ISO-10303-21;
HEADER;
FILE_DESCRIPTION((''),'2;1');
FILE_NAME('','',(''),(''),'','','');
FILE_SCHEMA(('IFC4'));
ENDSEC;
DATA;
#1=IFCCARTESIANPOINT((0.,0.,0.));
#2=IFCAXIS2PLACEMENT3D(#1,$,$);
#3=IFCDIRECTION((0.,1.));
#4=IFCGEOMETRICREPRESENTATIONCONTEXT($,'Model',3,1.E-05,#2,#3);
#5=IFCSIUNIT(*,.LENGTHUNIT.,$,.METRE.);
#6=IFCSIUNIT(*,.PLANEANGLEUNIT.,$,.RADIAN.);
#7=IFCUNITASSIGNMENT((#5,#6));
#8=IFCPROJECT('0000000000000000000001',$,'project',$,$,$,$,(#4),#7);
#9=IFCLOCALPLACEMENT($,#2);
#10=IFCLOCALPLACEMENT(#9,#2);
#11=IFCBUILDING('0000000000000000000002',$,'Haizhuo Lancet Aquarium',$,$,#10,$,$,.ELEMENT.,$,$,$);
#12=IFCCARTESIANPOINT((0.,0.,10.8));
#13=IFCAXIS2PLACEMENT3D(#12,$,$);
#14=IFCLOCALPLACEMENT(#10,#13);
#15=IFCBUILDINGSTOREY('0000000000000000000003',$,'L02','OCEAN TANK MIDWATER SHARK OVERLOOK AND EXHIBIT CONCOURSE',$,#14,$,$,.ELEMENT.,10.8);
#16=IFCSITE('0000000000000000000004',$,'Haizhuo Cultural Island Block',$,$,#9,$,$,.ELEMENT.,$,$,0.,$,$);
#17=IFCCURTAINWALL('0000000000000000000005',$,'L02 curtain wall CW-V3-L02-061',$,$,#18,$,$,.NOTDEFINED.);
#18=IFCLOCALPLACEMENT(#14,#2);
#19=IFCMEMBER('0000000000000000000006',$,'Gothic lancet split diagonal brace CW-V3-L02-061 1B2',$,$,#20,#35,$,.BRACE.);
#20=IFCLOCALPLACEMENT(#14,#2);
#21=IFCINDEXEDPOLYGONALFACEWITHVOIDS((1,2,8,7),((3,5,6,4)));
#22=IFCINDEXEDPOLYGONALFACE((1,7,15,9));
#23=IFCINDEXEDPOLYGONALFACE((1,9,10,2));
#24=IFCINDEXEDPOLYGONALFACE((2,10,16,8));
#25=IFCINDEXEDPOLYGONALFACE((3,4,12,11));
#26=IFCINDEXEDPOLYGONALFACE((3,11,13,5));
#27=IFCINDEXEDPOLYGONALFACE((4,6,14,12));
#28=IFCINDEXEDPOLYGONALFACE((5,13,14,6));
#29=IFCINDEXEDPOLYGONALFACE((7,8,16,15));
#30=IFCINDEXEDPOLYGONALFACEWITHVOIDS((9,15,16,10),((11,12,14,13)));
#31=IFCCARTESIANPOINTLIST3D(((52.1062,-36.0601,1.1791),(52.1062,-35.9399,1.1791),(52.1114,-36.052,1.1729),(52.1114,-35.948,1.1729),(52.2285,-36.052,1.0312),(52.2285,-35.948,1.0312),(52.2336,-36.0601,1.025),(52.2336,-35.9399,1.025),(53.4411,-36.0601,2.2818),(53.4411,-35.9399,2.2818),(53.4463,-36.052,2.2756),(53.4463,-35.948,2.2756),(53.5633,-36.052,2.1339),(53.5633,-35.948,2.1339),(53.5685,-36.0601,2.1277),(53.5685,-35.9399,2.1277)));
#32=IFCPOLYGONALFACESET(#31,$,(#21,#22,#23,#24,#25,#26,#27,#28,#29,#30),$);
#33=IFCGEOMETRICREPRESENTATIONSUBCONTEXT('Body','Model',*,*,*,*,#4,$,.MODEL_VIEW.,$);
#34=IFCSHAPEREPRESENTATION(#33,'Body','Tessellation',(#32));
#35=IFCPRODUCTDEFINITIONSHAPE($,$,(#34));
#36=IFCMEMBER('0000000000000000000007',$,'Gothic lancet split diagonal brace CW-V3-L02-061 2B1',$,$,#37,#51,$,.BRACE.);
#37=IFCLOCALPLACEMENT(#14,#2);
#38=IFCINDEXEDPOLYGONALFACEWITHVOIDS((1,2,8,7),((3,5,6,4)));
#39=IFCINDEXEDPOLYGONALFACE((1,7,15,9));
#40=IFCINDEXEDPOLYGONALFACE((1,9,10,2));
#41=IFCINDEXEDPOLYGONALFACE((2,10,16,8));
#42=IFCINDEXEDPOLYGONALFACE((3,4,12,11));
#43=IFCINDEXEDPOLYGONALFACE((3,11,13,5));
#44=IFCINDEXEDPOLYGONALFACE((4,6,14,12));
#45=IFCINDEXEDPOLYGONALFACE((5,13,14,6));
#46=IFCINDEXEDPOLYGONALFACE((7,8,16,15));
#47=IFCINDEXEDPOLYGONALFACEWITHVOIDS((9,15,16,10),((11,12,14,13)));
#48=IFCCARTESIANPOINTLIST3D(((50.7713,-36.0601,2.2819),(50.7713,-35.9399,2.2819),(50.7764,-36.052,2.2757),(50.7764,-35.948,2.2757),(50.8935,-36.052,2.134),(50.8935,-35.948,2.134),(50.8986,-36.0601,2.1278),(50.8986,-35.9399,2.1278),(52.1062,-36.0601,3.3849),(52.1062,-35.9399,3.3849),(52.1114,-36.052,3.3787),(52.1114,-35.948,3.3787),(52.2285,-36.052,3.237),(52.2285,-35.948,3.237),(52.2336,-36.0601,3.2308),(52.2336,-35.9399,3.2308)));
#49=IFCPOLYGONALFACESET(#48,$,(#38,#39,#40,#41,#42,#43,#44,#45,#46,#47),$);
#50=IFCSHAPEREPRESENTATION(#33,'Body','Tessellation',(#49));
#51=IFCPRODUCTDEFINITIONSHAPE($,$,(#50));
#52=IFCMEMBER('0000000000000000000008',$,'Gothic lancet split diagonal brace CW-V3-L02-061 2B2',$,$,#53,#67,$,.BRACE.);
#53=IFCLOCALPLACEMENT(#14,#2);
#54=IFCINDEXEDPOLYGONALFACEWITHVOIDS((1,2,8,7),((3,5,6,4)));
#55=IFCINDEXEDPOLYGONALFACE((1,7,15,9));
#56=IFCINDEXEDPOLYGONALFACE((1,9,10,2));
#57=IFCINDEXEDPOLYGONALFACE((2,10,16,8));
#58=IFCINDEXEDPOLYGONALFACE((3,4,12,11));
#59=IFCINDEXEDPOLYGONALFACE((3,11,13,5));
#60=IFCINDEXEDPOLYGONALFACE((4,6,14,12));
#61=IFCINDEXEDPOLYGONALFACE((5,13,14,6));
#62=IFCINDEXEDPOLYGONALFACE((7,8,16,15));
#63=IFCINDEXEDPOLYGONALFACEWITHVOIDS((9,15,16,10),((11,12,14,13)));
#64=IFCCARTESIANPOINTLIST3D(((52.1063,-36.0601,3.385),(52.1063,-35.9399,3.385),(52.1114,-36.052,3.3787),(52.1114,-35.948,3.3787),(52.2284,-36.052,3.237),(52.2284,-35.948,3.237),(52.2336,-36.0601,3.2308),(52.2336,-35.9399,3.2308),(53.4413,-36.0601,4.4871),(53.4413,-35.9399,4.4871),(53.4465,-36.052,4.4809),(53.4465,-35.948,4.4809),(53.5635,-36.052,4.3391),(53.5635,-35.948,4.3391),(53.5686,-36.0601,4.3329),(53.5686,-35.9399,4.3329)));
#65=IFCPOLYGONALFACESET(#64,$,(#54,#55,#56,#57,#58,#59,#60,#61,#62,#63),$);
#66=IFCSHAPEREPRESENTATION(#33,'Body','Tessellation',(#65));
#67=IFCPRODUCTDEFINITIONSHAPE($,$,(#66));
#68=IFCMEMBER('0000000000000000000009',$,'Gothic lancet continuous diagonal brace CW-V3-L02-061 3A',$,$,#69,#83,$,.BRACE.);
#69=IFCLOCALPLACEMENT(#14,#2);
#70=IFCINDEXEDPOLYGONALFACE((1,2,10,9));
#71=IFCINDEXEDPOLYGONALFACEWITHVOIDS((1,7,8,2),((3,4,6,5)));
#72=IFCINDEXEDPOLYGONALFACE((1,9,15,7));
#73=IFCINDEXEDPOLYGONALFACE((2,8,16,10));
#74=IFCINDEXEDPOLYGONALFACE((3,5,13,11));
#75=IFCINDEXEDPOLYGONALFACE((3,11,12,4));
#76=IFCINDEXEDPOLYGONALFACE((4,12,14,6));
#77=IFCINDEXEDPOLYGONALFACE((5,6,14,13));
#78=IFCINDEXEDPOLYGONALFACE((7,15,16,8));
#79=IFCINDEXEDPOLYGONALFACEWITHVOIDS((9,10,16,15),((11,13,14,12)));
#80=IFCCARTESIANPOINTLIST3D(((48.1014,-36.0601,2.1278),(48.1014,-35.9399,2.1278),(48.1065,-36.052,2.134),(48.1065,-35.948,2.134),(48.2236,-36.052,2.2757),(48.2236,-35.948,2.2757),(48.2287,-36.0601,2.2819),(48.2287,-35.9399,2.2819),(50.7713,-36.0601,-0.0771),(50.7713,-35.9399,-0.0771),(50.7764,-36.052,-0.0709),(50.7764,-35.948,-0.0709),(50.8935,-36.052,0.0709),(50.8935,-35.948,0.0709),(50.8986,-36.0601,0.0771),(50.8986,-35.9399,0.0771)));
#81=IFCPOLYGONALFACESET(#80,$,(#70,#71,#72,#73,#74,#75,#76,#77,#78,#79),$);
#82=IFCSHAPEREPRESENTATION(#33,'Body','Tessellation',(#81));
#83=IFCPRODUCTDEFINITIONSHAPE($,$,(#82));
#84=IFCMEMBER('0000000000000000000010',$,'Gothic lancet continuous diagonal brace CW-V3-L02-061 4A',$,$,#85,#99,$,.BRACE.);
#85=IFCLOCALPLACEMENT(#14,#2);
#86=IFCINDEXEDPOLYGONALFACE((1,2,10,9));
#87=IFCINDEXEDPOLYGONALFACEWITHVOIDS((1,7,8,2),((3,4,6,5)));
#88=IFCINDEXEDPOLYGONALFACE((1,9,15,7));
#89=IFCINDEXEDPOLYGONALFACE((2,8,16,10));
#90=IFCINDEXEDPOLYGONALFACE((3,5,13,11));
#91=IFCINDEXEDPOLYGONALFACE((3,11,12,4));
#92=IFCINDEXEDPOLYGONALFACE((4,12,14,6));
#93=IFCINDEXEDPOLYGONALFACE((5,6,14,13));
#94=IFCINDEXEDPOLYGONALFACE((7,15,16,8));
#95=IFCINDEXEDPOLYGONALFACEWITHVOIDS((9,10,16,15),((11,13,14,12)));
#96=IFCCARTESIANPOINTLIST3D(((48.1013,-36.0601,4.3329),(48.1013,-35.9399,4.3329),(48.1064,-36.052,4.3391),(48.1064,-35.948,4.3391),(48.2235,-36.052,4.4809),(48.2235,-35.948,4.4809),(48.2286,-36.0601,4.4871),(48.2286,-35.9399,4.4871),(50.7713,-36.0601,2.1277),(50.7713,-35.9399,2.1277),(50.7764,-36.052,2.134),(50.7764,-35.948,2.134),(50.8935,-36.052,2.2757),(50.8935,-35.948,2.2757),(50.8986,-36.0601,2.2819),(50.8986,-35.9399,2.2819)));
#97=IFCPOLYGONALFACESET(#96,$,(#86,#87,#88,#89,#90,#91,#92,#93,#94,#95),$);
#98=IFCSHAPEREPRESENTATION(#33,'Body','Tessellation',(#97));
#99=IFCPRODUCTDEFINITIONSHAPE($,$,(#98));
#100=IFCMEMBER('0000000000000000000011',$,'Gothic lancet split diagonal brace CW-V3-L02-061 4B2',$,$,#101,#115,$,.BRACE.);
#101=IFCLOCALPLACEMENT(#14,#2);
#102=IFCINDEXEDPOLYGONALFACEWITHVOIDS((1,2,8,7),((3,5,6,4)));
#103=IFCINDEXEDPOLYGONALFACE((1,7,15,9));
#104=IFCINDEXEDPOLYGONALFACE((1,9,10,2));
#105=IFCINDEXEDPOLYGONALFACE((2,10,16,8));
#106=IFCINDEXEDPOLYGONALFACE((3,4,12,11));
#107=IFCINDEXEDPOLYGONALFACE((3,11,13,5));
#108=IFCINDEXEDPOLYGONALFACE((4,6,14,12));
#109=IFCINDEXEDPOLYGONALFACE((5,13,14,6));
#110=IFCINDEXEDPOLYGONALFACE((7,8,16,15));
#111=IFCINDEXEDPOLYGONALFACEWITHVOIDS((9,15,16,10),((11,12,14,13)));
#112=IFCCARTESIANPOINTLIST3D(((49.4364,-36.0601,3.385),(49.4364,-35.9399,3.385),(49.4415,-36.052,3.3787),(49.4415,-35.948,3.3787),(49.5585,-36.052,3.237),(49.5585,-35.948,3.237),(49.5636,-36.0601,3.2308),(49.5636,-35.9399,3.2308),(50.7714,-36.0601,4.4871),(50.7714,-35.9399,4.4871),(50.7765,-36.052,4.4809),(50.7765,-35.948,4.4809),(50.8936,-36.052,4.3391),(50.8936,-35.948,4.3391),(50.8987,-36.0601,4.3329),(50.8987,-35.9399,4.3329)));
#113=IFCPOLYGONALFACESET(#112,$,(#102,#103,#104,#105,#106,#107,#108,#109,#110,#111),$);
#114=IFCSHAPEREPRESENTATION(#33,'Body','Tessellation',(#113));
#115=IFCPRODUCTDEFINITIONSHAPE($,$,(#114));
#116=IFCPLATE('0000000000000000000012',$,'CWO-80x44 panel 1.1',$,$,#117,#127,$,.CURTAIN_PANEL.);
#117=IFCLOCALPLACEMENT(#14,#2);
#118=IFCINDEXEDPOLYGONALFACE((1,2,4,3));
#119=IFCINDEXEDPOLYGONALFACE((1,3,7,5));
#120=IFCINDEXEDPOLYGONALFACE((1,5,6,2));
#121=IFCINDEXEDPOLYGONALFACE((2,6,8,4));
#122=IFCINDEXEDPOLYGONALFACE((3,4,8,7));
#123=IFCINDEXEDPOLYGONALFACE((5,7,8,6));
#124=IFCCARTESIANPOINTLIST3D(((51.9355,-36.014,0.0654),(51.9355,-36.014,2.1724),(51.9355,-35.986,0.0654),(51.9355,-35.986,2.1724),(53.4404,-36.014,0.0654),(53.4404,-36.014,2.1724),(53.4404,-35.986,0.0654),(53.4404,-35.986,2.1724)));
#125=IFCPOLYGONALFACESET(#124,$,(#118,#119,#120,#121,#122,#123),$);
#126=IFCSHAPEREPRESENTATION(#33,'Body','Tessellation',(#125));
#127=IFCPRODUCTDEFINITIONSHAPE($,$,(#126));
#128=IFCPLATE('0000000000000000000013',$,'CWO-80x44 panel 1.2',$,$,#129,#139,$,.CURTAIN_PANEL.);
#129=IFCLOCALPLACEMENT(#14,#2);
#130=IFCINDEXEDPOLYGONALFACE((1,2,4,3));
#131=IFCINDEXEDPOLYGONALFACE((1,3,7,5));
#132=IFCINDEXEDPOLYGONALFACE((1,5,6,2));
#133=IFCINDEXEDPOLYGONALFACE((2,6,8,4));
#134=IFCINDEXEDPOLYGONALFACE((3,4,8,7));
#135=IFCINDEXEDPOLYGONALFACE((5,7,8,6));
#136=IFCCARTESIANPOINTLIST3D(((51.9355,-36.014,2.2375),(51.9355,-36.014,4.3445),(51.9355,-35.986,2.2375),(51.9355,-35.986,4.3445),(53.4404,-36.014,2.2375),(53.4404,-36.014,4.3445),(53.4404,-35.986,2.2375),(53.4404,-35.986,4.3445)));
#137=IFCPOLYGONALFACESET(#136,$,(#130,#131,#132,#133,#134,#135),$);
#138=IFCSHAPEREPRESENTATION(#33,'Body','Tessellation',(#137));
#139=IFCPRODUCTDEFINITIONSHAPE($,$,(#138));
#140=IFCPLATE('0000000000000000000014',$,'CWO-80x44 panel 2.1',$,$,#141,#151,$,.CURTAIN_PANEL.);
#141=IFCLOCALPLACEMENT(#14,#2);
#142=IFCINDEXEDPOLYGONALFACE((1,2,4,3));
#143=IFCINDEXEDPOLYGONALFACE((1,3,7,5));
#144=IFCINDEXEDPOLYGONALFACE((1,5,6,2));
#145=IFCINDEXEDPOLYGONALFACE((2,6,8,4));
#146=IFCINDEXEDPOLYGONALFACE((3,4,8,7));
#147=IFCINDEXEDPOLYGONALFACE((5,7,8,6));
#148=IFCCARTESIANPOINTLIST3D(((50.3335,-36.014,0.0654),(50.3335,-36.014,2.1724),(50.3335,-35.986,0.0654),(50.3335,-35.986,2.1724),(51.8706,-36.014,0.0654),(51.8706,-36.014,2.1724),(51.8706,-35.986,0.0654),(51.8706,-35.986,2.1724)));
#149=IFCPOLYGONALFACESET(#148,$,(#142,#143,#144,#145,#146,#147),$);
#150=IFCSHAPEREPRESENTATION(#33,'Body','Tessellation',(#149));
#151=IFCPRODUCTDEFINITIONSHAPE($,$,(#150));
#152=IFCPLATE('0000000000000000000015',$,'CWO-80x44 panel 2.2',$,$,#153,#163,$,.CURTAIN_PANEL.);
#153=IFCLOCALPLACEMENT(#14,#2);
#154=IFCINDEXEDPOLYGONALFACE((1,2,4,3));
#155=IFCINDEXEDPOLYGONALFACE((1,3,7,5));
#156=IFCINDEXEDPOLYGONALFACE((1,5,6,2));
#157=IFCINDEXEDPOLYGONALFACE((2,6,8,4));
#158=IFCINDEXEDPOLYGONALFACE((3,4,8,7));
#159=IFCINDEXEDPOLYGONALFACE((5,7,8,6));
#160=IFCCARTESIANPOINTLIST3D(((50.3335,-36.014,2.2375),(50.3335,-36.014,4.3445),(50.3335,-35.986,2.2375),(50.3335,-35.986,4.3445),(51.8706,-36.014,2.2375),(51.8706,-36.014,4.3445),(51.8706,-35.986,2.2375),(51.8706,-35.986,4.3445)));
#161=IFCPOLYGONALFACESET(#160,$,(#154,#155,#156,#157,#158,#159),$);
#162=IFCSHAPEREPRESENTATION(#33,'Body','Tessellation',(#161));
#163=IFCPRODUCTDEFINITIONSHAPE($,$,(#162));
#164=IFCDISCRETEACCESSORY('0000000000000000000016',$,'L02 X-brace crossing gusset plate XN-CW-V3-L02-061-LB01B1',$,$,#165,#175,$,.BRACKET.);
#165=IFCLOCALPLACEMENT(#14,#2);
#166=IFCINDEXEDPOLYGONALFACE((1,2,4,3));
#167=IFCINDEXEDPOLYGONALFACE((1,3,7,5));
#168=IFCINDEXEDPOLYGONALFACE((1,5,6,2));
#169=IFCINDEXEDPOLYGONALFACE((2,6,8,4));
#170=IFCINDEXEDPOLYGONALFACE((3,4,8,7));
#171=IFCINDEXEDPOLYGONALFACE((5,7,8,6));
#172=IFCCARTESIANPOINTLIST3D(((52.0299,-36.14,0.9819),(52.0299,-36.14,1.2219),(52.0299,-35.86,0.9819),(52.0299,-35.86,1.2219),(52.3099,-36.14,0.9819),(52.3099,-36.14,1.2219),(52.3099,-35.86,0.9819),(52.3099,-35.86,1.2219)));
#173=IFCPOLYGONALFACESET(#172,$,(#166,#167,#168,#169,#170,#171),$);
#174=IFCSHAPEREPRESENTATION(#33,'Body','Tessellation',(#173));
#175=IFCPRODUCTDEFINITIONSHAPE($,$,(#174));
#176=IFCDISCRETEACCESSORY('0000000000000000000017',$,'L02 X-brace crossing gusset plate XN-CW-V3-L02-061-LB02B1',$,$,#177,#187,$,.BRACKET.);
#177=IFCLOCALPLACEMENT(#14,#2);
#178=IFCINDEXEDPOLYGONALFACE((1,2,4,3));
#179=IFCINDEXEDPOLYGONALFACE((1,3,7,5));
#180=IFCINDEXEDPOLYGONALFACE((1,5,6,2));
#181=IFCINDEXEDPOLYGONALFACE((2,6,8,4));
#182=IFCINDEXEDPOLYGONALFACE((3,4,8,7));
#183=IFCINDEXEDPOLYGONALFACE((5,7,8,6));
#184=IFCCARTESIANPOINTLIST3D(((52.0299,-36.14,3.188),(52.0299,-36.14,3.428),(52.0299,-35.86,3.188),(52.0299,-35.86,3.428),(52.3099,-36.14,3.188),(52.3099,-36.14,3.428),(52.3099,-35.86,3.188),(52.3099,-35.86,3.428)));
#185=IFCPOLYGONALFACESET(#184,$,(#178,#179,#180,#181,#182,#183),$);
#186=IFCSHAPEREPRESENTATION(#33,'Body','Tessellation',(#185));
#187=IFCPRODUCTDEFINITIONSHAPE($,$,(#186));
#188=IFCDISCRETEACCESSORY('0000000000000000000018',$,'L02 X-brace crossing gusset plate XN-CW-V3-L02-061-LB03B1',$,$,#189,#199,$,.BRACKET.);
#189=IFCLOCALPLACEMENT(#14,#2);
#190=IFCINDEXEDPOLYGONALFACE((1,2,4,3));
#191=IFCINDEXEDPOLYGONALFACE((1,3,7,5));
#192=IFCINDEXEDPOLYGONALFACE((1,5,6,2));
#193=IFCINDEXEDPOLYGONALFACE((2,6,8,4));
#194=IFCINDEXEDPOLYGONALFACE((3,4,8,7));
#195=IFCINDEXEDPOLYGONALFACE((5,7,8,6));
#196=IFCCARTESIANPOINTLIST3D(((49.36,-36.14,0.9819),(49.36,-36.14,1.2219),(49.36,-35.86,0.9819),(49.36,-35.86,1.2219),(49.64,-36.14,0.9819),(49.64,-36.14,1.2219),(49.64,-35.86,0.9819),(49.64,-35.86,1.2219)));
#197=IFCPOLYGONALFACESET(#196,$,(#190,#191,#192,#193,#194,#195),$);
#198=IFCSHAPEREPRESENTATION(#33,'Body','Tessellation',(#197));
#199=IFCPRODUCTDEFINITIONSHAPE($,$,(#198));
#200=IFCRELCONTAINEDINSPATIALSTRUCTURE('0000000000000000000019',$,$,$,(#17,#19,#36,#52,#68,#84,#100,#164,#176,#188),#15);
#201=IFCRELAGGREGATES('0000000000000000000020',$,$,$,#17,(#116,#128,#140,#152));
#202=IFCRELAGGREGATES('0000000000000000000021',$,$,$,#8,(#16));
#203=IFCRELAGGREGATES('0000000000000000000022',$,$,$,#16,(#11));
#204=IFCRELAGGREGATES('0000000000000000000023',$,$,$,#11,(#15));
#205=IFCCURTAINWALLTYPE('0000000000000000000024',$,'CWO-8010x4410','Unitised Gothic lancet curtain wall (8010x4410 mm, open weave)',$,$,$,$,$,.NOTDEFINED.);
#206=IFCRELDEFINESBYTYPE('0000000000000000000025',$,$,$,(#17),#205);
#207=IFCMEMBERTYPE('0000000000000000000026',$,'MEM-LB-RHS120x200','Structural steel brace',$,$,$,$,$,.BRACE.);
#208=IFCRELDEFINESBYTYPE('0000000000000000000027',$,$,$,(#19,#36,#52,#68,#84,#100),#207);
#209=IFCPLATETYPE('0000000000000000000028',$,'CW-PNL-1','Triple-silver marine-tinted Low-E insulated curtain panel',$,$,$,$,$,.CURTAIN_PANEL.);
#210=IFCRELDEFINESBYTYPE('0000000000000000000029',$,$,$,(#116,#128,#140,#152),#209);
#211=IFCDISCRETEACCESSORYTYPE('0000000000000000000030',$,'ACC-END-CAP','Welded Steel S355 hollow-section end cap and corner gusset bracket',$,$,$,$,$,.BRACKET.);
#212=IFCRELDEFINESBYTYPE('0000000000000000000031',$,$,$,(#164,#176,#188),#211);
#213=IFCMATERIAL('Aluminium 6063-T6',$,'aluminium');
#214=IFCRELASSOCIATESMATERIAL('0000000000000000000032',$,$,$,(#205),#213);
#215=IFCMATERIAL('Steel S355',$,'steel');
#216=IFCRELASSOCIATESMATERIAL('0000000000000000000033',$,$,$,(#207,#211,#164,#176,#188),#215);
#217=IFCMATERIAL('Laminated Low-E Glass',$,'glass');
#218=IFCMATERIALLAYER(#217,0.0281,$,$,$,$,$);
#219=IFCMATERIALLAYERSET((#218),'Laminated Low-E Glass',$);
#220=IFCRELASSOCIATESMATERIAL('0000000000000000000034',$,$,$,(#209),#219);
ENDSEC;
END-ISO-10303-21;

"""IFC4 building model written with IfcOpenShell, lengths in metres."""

from ifc_helpers import new_model, si_unit, direction, frame, origin, origin_2d, place, context, subcontext, project, spatial, rectangle, hollow_rectangle, extrude, material, layer, layer_set, material_profile, profile_set, type_object, element, aggregate, save


model = new_model("IFC4")

# Units and contexts
model_context = context("Model", 3, precision=1e-05, world=origin(), true_north=direction((0.0, 1.0)))
body_context = subcontext(model_context, "Body", "Model", "MODEL_VIEW")
ifc_project = project(units=[si_unit("LENGTHUNIT", "METRE"), si_unit("PLANEANGLEUNIT", "RADIAN")], contexts=[model_context])

# Site, building, storey
site_placement = place(None, origin())
site = spatial("IfcSite", under=ifc_project, at=site_placement, Name="Haizhuo Cultural Island Block", CompositionType="ELEMENT", RefElevation=0.0)
building_placement = place(site_placement, origin())
building = spatial("IfcBuilding", under=site, at=building_placement, Name="Haizhuo Lancet Aquarium", CompositionType="ELEMENT")
storey_placement = place(building_placement, frame((0.0, 0.0, 10.8)))
storey = spatial("IfcBuildingStorey", under=building, at=storey_placement, Name="L02", Description="OCEAN TANK MIDWATER SHARK OVERLOOK AND EXHIBIT CONCOURSE", CompositionType="ELEMENT", Elevation=10.8)

# Curtain wall
ifc_material_1 = material(Name="Aluminium 6063-T6", Category="aluminium")
curtain_wall_type = type_object("IfcCurtainWallType", Name="CWO-8010x4410", Description="Unitised Gothic lancet curtain wall (8010x4410 mm, open weave)", PredefinedType="NOTDEFINED", material=ifc_material_1)
curtain_wall_placement = place(storey_placement, origin())
curtain_wall = element("IfcCurtainWall", 1, at=curtain_wall_placement, inside=storey, type_object=curtain_wall_type, Name="L02 curtain wall CW-V3-L02-061", PredefinedType="NOTDEFINED")

# Members
ifc_material_2 = material(Name="Steel S355", Category="steel")
ifc_material_profile_1 = material_profile(ifc_material_2, hollow_rectangle(XDim=0.1201, YDim=0.2, WallThickness=0.0081, at=origin_2d()), Name="RHS 120x200x8")
ifc_profile_set_1 = profile_set([ifc_material_profile_1], Name="Steel S355")
member_type_1 = type_object("IfcMemberType", Name="MEM-LB-RHS120x200", Description="Structural steel brace", PredefinedType="BRACE", material=ifc_profile_set_1)
member_1_placement = place(storey_placement, frame((52.1699, -36.0, 1.1021), z_axis=(0.770965, 0.0, 0.636878), x_axis=(0.0, 1.0, 0.0)))
element("IfcMember", 2, at=member_1_placement, inside=storey, type_object=member_type_1, Name="Gothic lancet split diagonal brace CW-V3-L02-061 1B2", PredefinedType="BRACE", context=body_context, shape_type="SweptSolid", body=[
    extrude(hollow_rectangle(XDim=0.1201, YDim=0.2, WallThickness=0.0081, at=origin_2d()), origin(), (0.0, 0.0, 1.0), 1.7314),
])
member_2_placement = place(storey_placement, frame((50.835, -36.0, 2.2048), z_axis=(0.770896, 0.0, 0.636962), x_axis=(0.0, 1.0, 0.0)))
element("IfcMember", 3, at=member_2_placement, inside=storey, type_object=member_type_1, Name="Gothic lancet split diagonal brace CW-V3-L02-061 2B1", PredefinedType="BRACE", context=body_context, shape_type="SweptSolid", body=[
    extrude(hollow_rectangle(XDim=0.1201, YDim=0.2, WallThickness=0.0081, at=origin_2d()), origin(), (0.0, 0.0, 1.0), 1.7317),
])
member_3_placement = place(storey_placement, frame((52.1699, -36.0, 3.3079), z_axis=(0.771172, 0.0, 0.636626), x_axis=(0.0, 1.0, 0.0)))
element("IfcMember", 4, at=member_3_placement, inside=storey, type_object=member_type_1, Name="Gothic lancet split diagonal brace CW-V3-L02-061 2B2", PredefinedType="BRACE", context=body_context, shape_type="SweptSolid", body=[
    extrude(hollow_rectangle(XDim=0.1201, YDim=0.2, WallThickness=0.0081, at=origin_2d()), origin(), (0.0, 0.0, 1.0), 1.7312),
])
member_4_placement = place(storey_placement, frame((50.835, -36.0, 0.0), z_axis=(-0.771069, 0.0, 0.636752), x_axis=(0.0, -1.0, 0.0)))
element("IfcMember", 5, at=member_4_placement, inside=storey, type_object=member_type_1, Name="Gothic lancet continuous diagonal brace CW-V3-L02-061 3A", PredefinedType="BRACE", context=body_context, shape_type="SweptSolid", body=[
    extrude(hollow_rectangle(XDim=0.1201, YDim=0.2, WallThickness=0.0081, at=origin_2d()), origin(), (0.0, 0.0, 1.0), 3.4626),
])
member_5_placement = place(storey_placement, frame((50.835, -36.0, 2.2048), z_axis=(-0.771034, 0.0, 0.636794), x_axis=(0.0, -1.0, 0.0)))
element("IfcMember", 6, at=member_5_placement, inside=storey, type_object=member_type_1, Name="Gothic lancet continuous diagonal brace CW-V3-L02-061 4A", PredefinedType="BRACE", context=body_context, shape_type="SweptSolid", body=[
    extrude(hollow_rectangle(XDim=0.1201, YDim=0.2, WallThickness=0.0081, at=origin_2d()), origin(), (0.0, 0.0, 1.0), 3.4629),
])
member_6_placement = place(storey_placement, frame((49.5, -36.0, 3.3079), z_axis=(0.771172, 0.0, 0.636626), x_axis=(0.0, 1.0, 0.0)))
element("IfcMember", 7, at=member_6_placement, inside=storey, type_object=member_type_1, Name="Gothic lancet split diagonal brace CW-V3-L02-061 4B2", PredefinedType="BRACE", context=body_context, shape_type="SweptSolid", body=[
    extrude(hollow_rectangle(XDim=0.1201, YDim=0.2, WallThickness=0.0081, at=origin_2d()), origin(), (0.0, 0.0, 1.0), 1.7312),
])

# Plates
ifc_material_3 = material(Name="Laminated Low-E Glass", Category="glass")
ifc_layer = layer(ifc_material_3, 0.0281)
ifc_layer_set = layer_set([ifc_layer], Name="Laminated Low-E Glass")
plate_type = type_object("IfcPlateType", Name="CW-PNL-1", Description="Triple-silver marine-tinted Low-E insulated curtain panel", PredefinedType="CURTAIN_PANEL", material=ifc_layer_set)
plate_1_placement = place(storey_placement, frame((52.688, -36.0, 0.0654), z_axis=(0.0, 0.0, 1.0), x_axis=(-1.0, 0.0, 0.0)))
plate_1 = element("IfcPlate", 8, at=plate_1_placement, type_object=plate_type, Name="CWO-80x44 panel 1.1", PredefinedType="CURTAIN_PANEL", context=body_context, shape_type="SweptSolid", body=[
    extrude(rectangle(XDim=1.5049, YDim=0.0281, at=origin_2d()), origin(), (0.0, 0.0, 1.0), 2.1069),
])
plate_2_placement = place(storey_placement, frame((52.688, -36.0, 2.2375), z_axis=(0.0, 0.0, 1.0), x_axis=(-1.0, 0.0, 0.0)))
plate_2 = element("IfcPlate", 9, at=plate_2_placement, type_object=plate_type, Name="CWO-80x44 panel 1.2", PredefinedType="CURTAIN_PANEL", context=body_context, shape_type="SweptSolid", body=[
    extrude(rectangle(XDim=1.5049, YDim=0.0281, at=origin_2d()), origin(), (0.0, 0.0, 1.0), 2.1069),
])
plate_3_placement = place(storey_placement, frame((51.1021, -36.0, 0.0654), z_axis=(0.0, 0.0, 1.0), x_axis=(-1.0, 0.0, 0.0)))
plate_3 = element("IfcPlate", 10, at=plate_3_placement, type_object=plate_type, Name="CWO-80x44 panel 2.1", PredefinedType="CURTAIN_PANEL", context=body_context, shape_type="SweptSolid", body=[
    extrude(rectangle(XDim=1.5371, YDim=0.0281, at=origin_2d()), origin(), (0.0, 0.0, 1.0), 2.1069),
])
plate_4_placement = place(storey_placement, frame((51.1021, -36.0, 2.2375), z_axis=(0.0, 0.0, 1.0), x_axis=(-1.0, 0.0, 0.0)))
plate_4 = element("IfcPlate", 11, at=plate_4_placement, type_object=plate_type, Name="CWO-80x44 panel 2.2", PredefinedType="CURTAIN_PANEL", context=body_context, shape_type="SweptSolid", body=[
    extrude(rectangle(XDim=1.5371, YDim=0.0281, at=origin_2d()), origin(), (0.0, 0.0, 1.0), 2.1069),
])
aggregate(curtain_wall, [plate_1, plate_2, plate_3, plate_4])

# Discrete accessories
discrete_accessory_type = type_object("IfcDiscreteAccessoryType", Name="ACC-END-CAP", Description="Welded Steel S355 hollow-section end cap and corner gusset bracket", PredefinedType="BRACKET", material=ifc_material_2)
for number, where, z_axis, x_axis, name in (
    (12, (52.1699, -36.0, 0.9819), (0.0, 0.0, 1.0), (1.0, 0.0, 0.0), "L02 X-brace crossing gusset plate XN-CW-V3-L02-061-LB01B1"),
    (13, (52.1699, -36.0, 3.188), (0.0, 0.0, 1.0), (1.0, 0.0, 0.0), "L02 X-brace crossing gusset plate XN-CW-V3-L02-061-LB02B1"),
    (14, (49.5, -36.0, 0.9819), (0.0, 0.0, 1.0), (1.0, 0.0, 0.0), "L02 X-brace crossing gusset plate XN-CW-V3-L02-061-LB03B1"),
):
    element("IfcDiscreteAccessory", number, at=place(storey_placement, frame(where, z_axis=z_axis, x_axis=x_axis)), inside=storey, type_object=discrete_accessory_type, material=ifc_material_2, Name=name, PredefinedType="BRACKET", context=body_context, shape_type="SweptSolid", body=[
        extrude(rectangle(XDim=0.28, YDim=0.28, at=origin_2d()), origin(), (0.0, 0.0, 1.0), 0.24),
    ])

save(model, "model.ifc")
